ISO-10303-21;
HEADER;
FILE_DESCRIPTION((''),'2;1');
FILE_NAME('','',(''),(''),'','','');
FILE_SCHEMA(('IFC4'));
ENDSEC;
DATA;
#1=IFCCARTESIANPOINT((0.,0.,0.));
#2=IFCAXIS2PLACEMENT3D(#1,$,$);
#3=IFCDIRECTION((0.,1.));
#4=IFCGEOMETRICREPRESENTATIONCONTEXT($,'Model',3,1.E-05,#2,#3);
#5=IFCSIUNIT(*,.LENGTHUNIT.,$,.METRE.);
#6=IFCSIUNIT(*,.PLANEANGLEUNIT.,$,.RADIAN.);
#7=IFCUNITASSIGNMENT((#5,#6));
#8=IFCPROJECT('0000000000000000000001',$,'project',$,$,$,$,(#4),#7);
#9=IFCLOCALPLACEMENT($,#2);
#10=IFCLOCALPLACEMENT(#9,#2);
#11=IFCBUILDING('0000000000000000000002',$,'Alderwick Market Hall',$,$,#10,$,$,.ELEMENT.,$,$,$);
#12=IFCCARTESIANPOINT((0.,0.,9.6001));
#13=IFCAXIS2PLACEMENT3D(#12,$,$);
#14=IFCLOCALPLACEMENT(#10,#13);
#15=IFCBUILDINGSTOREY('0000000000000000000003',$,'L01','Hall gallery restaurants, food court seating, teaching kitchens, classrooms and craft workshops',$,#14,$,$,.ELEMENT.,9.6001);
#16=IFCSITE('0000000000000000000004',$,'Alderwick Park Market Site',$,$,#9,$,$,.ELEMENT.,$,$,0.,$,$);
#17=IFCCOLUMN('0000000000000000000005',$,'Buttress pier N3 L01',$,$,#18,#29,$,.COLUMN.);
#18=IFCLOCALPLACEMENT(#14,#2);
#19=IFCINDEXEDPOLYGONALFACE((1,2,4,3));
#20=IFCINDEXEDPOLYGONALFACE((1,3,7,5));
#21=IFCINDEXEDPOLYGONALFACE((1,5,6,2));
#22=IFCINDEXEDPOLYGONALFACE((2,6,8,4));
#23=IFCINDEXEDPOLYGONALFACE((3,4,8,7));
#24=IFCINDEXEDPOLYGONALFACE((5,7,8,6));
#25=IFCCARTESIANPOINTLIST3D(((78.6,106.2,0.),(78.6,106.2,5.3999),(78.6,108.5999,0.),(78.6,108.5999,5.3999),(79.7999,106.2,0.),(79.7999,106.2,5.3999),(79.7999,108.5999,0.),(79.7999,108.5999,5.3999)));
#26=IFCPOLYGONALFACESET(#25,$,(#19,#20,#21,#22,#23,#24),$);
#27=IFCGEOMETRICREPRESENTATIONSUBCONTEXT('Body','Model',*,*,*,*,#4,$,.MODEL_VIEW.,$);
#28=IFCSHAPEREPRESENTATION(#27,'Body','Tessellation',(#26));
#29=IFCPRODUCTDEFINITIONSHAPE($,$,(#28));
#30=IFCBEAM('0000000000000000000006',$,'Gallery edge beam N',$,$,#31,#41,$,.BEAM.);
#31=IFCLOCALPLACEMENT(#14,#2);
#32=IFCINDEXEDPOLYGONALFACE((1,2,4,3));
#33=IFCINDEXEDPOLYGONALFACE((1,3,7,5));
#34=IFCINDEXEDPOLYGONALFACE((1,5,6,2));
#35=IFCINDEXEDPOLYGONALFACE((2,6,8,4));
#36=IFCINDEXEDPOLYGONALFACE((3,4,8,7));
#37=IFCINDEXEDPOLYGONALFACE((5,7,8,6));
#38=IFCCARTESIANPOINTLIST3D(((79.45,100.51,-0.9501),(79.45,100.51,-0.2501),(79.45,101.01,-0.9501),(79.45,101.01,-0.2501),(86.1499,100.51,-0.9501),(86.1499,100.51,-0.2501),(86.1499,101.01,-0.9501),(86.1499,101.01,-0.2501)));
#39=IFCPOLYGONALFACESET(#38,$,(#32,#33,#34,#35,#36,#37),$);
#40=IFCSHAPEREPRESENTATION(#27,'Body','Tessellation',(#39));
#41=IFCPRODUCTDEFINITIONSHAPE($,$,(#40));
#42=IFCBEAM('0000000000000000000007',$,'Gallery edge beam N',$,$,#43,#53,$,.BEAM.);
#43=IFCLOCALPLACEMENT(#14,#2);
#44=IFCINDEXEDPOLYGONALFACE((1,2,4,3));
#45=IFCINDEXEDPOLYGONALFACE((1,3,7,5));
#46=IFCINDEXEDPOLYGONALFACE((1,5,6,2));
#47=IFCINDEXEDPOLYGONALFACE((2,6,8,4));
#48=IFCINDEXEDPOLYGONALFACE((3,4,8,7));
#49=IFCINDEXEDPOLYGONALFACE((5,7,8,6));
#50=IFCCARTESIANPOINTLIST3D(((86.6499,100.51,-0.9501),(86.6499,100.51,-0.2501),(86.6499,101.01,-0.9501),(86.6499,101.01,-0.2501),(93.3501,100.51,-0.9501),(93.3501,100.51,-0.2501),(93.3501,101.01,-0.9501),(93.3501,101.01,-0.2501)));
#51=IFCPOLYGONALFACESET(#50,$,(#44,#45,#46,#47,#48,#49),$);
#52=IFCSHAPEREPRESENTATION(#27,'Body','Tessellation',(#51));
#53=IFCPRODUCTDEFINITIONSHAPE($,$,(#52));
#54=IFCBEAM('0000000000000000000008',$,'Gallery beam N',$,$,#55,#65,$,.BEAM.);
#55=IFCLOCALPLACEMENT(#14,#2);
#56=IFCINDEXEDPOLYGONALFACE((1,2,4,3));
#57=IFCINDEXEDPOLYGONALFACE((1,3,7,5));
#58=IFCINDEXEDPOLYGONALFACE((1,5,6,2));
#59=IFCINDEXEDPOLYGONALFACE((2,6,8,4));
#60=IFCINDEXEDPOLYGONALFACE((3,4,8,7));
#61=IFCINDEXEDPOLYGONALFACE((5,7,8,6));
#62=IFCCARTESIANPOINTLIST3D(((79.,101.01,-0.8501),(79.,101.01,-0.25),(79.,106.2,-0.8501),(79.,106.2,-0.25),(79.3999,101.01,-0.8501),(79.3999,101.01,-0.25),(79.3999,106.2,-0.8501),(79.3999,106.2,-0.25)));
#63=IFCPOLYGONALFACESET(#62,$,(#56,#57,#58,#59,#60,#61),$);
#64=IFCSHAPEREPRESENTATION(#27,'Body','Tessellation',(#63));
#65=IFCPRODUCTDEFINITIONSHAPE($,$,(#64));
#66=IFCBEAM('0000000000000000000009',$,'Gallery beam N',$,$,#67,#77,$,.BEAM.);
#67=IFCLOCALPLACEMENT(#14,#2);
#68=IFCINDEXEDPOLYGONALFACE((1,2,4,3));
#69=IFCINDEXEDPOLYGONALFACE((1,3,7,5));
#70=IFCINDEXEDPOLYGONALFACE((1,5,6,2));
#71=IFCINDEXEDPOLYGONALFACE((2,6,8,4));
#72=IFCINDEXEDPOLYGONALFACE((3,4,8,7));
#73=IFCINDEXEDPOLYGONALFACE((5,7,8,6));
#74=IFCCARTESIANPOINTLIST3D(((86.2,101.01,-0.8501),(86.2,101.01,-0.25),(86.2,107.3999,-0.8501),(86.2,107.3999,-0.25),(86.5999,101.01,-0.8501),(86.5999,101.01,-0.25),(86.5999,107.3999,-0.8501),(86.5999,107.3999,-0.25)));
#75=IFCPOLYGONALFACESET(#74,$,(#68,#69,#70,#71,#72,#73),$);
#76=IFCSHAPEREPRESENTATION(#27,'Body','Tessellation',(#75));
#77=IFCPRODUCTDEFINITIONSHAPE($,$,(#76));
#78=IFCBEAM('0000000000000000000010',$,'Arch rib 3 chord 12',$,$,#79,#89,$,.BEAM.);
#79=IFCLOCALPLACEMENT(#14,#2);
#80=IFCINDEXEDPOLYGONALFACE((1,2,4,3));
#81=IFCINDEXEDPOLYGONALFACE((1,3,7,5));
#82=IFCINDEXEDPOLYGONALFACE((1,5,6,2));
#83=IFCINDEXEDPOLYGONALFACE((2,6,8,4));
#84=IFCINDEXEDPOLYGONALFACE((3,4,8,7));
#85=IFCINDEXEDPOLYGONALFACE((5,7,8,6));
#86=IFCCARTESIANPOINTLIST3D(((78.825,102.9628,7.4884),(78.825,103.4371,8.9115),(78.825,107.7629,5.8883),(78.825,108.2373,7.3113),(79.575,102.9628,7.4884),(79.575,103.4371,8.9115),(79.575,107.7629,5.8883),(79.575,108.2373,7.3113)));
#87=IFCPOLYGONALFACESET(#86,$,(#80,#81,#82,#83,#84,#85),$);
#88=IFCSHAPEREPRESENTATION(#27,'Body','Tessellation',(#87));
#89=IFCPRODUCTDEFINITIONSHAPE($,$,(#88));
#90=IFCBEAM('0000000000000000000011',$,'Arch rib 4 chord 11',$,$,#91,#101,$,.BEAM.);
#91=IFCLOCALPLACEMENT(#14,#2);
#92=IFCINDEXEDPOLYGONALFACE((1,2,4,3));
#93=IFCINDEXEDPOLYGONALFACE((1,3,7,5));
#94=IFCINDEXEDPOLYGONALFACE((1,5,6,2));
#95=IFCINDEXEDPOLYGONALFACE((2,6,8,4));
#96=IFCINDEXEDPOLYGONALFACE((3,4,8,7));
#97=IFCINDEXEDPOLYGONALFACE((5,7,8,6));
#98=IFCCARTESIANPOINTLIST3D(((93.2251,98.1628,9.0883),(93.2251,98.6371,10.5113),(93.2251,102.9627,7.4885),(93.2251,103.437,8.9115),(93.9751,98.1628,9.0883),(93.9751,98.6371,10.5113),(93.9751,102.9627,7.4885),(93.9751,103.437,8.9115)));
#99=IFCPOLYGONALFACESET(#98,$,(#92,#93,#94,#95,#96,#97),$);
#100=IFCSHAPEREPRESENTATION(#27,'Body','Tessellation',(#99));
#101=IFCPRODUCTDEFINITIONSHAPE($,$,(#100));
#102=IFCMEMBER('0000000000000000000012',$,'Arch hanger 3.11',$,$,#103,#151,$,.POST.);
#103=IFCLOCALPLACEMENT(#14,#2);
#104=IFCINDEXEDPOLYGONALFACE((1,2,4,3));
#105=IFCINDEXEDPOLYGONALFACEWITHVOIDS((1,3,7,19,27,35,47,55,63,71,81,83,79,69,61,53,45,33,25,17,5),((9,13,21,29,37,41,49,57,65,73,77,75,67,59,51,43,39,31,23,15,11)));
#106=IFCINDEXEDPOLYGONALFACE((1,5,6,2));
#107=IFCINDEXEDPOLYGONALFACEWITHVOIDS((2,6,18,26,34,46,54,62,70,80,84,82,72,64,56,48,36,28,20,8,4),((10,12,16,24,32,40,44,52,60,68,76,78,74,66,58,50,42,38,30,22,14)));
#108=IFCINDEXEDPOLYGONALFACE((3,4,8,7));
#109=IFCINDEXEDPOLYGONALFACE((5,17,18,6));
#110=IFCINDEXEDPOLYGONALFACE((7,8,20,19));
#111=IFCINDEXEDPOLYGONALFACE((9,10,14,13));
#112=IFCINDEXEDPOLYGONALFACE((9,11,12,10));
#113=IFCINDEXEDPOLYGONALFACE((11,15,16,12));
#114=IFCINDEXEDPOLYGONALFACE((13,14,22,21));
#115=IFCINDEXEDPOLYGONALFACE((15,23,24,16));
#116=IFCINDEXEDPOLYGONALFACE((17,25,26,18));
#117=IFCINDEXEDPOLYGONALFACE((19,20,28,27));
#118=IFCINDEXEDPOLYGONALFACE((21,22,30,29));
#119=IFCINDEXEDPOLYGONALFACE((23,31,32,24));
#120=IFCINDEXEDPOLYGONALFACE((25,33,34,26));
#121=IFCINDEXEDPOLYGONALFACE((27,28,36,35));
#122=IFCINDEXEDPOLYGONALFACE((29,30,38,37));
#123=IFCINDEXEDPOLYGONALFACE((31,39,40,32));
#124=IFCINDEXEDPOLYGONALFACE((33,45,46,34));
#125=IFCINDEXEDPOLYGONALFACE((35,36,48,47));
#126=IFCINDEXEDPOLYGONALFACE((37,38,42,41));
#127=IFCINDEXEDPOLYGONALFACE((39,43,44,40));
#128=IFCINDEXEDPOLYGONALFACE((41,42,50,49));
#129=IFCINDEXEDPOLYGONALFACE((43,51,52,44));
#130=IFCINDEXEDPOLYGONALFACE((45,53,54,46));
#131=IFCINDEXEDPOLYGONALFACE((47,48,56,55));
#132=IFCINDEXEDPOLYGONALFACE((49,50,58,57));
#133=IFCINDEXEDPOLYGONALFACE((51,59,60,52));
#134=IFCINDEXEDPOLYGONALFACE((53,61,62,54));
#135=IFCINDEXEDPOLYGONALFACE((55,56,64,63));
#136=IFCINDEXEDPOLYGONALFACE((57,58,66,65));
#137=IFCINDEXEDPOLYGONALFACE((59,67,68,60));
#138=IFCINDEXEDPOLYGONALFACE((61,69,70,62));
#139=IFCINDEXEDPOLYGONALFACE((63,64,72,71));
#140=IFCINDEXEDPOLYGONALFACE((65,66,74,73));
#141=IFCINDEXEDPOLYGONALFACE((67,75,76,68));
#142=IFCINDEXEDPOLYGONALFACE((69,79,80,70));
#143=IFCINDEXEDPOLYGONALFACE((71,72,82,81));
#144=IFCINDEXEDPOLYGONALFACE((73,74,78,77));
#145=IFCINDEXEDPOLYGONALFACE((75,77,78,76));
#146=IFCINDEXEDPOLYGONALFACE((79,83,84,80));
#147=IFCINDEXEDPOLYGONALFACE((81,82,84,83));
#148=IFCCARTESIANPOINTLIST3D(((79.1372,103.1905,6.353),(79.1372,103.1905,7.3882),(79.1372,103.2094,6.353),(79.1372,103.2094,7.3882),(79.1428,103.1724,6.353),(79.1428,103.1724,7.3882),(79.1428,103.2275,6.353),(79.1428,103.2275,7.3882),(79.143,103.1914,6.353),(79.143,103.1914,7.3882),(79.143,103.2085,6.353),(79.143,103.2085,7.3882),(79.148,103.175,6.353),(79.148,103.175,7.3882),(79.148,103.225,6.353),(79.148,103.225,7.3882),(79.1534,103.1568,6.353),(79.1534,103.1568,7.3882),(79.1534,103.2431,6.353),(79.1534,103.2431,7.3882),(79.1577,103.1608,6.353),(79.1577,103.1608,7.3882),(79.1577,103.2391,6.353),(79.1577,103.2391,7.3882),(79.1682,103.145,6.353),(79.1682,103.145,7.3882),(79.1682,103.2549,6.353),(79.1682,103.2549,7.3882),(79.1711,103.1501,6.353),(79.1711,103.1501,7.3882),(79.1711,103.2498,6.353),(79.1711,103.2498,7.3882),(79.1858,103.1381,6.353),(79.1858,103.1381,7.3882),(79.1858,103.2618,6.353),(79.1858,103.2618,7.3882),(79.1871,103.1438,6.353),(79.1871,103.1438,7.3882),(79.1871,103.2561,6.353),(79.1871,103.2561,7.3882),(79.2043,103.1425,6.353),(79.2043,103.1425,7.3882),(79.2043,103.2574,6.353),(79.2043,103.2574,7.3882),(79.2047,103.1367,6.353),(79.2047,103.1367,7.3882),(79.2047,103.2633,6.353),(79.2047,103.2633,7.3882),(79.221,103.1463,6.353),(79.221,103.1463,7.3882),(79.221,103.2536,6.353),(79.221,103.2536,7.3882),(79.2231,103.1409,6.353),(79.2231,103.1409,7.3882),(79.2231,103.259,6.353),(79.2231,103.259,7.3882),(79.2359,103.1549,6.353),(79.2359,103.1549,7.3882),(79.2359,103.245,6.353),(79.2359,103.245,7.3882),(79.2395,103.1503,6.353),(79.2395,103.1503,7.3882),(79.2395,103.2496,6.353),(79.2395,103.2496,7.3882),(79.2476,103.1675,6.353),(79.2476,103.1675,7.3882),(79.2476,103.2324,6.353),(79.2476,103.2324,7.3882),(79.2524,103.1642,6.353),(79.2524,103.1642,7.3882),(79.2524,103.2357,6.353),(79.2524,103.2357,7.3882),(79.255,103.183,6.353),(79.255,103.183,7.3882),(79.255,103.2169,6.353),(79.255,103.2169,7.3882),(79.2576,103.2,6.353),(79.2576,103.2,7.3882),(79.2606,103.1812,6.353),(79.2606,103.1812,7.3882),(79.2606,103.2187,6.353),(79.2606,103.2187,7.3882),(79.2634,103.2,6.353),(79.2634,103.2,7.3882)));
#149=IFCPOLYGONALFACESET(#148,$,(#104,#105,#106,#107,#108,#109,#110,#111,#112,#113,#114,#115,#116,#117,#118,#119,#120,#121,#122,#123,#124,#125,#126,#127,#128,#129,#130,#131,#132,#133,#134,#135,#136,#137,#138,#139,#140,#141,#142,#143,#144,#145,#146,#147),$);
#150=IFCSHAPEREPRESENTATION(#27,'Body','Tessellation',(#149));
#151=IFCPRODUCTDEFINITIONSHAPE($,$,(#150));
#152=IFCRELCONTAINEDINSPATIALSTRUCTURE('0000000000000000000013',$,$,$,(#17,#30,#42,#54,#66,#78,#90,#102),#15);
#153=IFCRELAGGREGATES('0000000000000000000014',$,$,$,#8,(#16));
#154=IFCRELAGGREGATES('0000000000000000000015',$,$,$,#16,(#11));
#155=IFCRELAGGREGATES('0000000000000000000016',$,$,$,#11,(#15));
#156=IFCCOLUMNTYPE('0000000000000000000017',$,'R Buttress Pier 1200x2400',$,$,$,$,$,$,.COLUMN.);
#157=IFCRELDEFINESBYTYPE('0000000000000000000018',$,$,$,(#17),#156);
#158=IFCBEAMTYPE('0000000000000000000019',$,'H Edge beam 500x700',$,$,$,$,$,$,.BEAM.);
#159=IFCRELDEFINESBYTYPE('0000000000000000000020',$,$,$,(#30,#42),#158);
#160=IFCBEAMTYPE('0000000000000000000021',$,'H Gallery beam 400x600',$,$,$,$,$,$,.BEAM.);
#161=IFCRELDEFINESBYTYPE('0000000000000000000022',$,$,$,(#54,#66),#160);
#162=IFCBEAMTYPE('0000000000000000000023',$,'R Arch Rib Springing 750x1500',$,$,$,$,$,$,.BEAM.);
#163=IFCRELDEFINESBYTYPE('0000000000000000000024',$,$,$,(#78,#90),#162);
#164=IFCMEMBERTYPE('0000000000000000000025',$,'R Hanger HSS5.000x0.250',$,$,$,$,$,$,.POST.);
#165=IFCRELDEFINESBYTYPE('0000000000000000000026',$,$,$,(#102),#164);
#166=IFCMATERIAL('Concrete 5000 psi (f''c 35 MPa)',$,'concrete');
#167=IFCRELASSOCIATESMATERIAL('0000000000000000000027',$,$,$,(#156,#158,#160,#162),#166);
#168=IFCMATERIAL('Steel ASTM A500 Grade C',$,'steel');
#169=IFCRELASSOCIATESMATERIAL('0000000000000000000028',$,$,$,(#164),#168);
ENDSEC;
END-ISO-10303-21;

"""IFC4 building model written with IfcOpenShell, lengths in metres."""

from ifc_helpers import new_model, si_unit, direction, frame, origin, origin_2d, place, context, subcontext, project, spatial, rectangle, hollow_circle, extrude, material, material_profile, profile_set, type_object, element, save


model = new_model("IFC4")

# Units and contexts
model_context = context("Model", 3, precision=1e-05, world=origin(), true_north=direction((0.0, 1.0)))
body_context = subcontext(model_context, "Body", "Model", "MODEL_VIEW")
ifc_project = project(units=[si_unit("LENGTHUNIT", "METRE"), si_unit("PLANEANGLEUNIT", "RADIAN")], contexts=[model_context])

# Site, building, storey
site_placement = place(None, origin())
site = spatial("IfcSite", under=ifc_project, at=site_placement, Name="Alderwick Park Market Site", CompositionType="ELEMENT", RefElevation=0.0)
building_placement = place(site_placement, origin())
building = spatial("IfcBuilding", under=site, at=building_placement, Name="Alderwick Market Hall", CompositionType="ELEMENT")
storey_placement = place(building_placement, frame((0.0, 0.0, 9.6001)))
storey = spatial("IfcBuildingStorey", under=building, at=storey_placement, Name="L01", Description="Hall gallery restaurants, food court seating, teaching kitchens, classrooms and craft workshops", CompositionType="ELEMENT", Elevation=9.6001)

# Column
ifc_material_1 = material(Name="Concrete 5000 psi (f'c 35 MPa)", Category="concrete")
ifc_material_profile_1 = material_profile(ifc_material_1, rectangle(XDim=1.2, YDim=2.3999, at=origin_2d()), Name="RC 1200x2400")
ifc_profile_set_1 = profile_set([ifc_material_profile_1], Name="Concrete 5000 psi (f'c 35 MPa)")
column_type = type_object("IfcColumnType", Name="R Buttress Pier 1200x2400", PredefinedType="COLUMN", material=ifc_profile_set_1)
column_placement = place(storey_placement, frame((79.2, 107.3999, 0.0), z_axis=(0.0, 0.0, 1.0), x_axis=(1.0, 0.0, 0.0)))
element("IfcColumn", 1, at=column_placement, inside=storey, type_object=column_type, Name="Buttress pier N3 L01", PredefinedType="COLUMN", context=body_context, shape_type="SweptSolid", body=[
    extrude(rectangle(XDim=1.2, YDim=2.3999, at=origin_2d()), origin(), (0.0, 0.0, 1.0), 5.3999),
])

# Beams
ifc_material_profile_2 = material_profile(ifc_material_1, rectangle(XDim=0.5, YDim=0.7, at=origin_2d()), Name="RC 500x700")
ifc_profile_set_2 = profile_set([ifc_material_profile_2], Name="Concrete 5000 psi (f'c 35 MPa)")
beam_type_1 = type_object("IfcBeamType", Name="H Edge beam 500x700", PredefinedType="BEAM", material=ifc_profile_set_2)
beam_1_placement = place(storey_placement, frame((79.45, 100.76, -0.6001), z_axis=(1.0, 0.0, 0.0), x_axis=(0.0, 1.0, 0.0)))
element("IfcBeam", 2, at=beam_1_placement, inside=storey, type_object=beam_type_1, Name="Gallery edge beam N", PredefinedType="BEAM", context=body_context, shape_type="SweptSolid", body=[
    extrude(rectangle(XDim=0.5, YDim=0.7, at=origin_2d()), origin(), (0.0, 0.0, 1.0), 6.7),
])
beam_2_placement = place(storey_placement, frame((86.6499, 100.76, -0.6001), z_axis=(1.0, 0.0, 0.0), x_axis=(0.0, 1.0, 0.0)))
element("IfcBeam", 3, at=beam_2_placement, inside=storey, type_object=beam_type_1, Name="Gallery edge beam N", PredefinedType="BEAM", context=body_context, shape_type="SweptSolid", body=[
    extrude(rectangle(XDim=0.5, YDim=0.7, at=origin_2d()), origin(), (0.0, 0.0, 1.0), 6.7002),
])
ifc_material_profile_3 = material_profile(ifc_material_1, rectangle(XDim=0.3999, YDim=0.6001, at=origin_2d()), Name="RC 400x600")
ifc_profile_set_3 = profile_set([ifc_material_profile_3], Name="Concrete 5000 psi (f'c 35 MPa)")
beam_type_2 = type_object("IfcBeamType", Name="H Gallery beam 400x600", PredefinedType="BEAM", material=ifc_profile_set_3)
beam_3_placement = place(storey_placement, frame((79.2, 106.2, -0.55), z_axis=(0.0, -1.0, 0.0), x_axis=(1.0, 0.0, 0.0)))
element("IfcBeam", 4, at=beam_3_placement, inside=storey, type_object=beam_type_2, Name="Gallery beam N", PredefinedType="BEAM", context=body_context, shape_type="SweptSolid", body=[
    extrude(rectangle(XDim=0.3999, YDim=0.6001, at=origin_2d()), origin(), (0.0, 0.0, 1.0), 5.1899),
])
beam_4_placement = place(storey_placement, frame((86.3999, 107.3999, -0.55), z_axis=(0.0, -1.0, 0.0), x_axis=(1.0, 0.0, 0.0)))
element("IfcBeam", 5, at=beam_4_placement, inside=storey, type_object=beam_type_2, Name="Gallery beam N", PredefinedType="BEAM", context=body_context, shape_type="SweptSolid", body=[
    extrude(rectangle(XDim=0.3999, YDim=0.6001, at=origin_2d()), origin(), (0.0, 0.0, 1.0), 6.3899),
])
ifc_material_profile_4 = material_profile(ifc_material_1, rectangle(XDim=0.75, YDim=1.5, at=origin_2d()), Name="RC 750x1500")
ifc_profile_set_4 = profile_set([ifc_material_profile_4], Name="Concrete 5000 psi (f'c 35 MPa)")
beam_type_3 = type_object("IfcBeamType", Name="R Arch Rib Springing 750x1500", PredefinedType="BEAM", material=ifc_profile_set_4)
beam_5_placement = place(storey_placement, frame((79.2, 103.2, 8.2), z_axis=(0.0, 0.948678, -0.316242), x_axis=(-1.0, 0.0, 0.0)))
element("IfcBeam", 6, at=beam_5_placement, inside=storey, type_object=beam_type_3, Name="Arch rib 3 chord 12", PredefinedType="BEAM", context=body_context, shape_type="SweptSolid", body=[
    extrude(rectangle(XDim=0.75, YDim=1.5, at=origin_2d()), origin(), (0.0, 0.0, 1.0), 5.0598),
])
beam_6_placement = place(storey_placement, frame((93.6001, 98.3999, 9.7998), z_axis=(0.0, 0.948693, -0.316199), x_axis=(-1.0, 0.0, 0.0)))
element("IfcBeam", 7, at=beam_6_placement, inside=storey, type_object=beam_type_3, Name="Arch rib 4 chord 11", PredefinedType="BEAM", context=body_context, shape_type="SweptSolid", body=[
    extrude(rectangle(XDim=0.75, YDim=1.5, at=origin_2d()), origin(), (0.0, 0.0, 1.0), 5.0596),
])

# Member
ifc_material_2 = material(Name="Steel ASTM A500 Grade C", Category="steel")
ifc_material_profile_5 = material_profile(ifc_material_2, hollow_circle(Radius=0.0635, WallThickness=0.0059, at=origin_2d()), Name="HSS5.000x0.250")
ifc_profile_set_5 = profile_set([ifc_material_profile_5], Name="Steel ASTM A500 Grade C")
member_type_1 = type_object("IfcMemberType", Name="R Hanger HSS5.000x0.250", PredefinedType="POST", material=ifc_profile_set_5)
member_1_placement = place(storey_placement, frame((79.2, 103.2, 6.353), z_axis=(0.0, 0.0, 1.0), x_axis=(1.0, 0.0, 0.0)))
element("IfcMember", 8, at=member_1_placement, inside=storey, type_object=member_type_1, Name="Arch hanger 3.11", PredefinedType="POST", context=body_context, shape_type="SweptSolid", body=[
    extrude(hollow_circle(Radius=0.0635, WallThickness=0.0059, at=origin_2d()), origin(), (0.0, 0.0, 1.0), 1.0352),
])

save(model, "model.ifc")
